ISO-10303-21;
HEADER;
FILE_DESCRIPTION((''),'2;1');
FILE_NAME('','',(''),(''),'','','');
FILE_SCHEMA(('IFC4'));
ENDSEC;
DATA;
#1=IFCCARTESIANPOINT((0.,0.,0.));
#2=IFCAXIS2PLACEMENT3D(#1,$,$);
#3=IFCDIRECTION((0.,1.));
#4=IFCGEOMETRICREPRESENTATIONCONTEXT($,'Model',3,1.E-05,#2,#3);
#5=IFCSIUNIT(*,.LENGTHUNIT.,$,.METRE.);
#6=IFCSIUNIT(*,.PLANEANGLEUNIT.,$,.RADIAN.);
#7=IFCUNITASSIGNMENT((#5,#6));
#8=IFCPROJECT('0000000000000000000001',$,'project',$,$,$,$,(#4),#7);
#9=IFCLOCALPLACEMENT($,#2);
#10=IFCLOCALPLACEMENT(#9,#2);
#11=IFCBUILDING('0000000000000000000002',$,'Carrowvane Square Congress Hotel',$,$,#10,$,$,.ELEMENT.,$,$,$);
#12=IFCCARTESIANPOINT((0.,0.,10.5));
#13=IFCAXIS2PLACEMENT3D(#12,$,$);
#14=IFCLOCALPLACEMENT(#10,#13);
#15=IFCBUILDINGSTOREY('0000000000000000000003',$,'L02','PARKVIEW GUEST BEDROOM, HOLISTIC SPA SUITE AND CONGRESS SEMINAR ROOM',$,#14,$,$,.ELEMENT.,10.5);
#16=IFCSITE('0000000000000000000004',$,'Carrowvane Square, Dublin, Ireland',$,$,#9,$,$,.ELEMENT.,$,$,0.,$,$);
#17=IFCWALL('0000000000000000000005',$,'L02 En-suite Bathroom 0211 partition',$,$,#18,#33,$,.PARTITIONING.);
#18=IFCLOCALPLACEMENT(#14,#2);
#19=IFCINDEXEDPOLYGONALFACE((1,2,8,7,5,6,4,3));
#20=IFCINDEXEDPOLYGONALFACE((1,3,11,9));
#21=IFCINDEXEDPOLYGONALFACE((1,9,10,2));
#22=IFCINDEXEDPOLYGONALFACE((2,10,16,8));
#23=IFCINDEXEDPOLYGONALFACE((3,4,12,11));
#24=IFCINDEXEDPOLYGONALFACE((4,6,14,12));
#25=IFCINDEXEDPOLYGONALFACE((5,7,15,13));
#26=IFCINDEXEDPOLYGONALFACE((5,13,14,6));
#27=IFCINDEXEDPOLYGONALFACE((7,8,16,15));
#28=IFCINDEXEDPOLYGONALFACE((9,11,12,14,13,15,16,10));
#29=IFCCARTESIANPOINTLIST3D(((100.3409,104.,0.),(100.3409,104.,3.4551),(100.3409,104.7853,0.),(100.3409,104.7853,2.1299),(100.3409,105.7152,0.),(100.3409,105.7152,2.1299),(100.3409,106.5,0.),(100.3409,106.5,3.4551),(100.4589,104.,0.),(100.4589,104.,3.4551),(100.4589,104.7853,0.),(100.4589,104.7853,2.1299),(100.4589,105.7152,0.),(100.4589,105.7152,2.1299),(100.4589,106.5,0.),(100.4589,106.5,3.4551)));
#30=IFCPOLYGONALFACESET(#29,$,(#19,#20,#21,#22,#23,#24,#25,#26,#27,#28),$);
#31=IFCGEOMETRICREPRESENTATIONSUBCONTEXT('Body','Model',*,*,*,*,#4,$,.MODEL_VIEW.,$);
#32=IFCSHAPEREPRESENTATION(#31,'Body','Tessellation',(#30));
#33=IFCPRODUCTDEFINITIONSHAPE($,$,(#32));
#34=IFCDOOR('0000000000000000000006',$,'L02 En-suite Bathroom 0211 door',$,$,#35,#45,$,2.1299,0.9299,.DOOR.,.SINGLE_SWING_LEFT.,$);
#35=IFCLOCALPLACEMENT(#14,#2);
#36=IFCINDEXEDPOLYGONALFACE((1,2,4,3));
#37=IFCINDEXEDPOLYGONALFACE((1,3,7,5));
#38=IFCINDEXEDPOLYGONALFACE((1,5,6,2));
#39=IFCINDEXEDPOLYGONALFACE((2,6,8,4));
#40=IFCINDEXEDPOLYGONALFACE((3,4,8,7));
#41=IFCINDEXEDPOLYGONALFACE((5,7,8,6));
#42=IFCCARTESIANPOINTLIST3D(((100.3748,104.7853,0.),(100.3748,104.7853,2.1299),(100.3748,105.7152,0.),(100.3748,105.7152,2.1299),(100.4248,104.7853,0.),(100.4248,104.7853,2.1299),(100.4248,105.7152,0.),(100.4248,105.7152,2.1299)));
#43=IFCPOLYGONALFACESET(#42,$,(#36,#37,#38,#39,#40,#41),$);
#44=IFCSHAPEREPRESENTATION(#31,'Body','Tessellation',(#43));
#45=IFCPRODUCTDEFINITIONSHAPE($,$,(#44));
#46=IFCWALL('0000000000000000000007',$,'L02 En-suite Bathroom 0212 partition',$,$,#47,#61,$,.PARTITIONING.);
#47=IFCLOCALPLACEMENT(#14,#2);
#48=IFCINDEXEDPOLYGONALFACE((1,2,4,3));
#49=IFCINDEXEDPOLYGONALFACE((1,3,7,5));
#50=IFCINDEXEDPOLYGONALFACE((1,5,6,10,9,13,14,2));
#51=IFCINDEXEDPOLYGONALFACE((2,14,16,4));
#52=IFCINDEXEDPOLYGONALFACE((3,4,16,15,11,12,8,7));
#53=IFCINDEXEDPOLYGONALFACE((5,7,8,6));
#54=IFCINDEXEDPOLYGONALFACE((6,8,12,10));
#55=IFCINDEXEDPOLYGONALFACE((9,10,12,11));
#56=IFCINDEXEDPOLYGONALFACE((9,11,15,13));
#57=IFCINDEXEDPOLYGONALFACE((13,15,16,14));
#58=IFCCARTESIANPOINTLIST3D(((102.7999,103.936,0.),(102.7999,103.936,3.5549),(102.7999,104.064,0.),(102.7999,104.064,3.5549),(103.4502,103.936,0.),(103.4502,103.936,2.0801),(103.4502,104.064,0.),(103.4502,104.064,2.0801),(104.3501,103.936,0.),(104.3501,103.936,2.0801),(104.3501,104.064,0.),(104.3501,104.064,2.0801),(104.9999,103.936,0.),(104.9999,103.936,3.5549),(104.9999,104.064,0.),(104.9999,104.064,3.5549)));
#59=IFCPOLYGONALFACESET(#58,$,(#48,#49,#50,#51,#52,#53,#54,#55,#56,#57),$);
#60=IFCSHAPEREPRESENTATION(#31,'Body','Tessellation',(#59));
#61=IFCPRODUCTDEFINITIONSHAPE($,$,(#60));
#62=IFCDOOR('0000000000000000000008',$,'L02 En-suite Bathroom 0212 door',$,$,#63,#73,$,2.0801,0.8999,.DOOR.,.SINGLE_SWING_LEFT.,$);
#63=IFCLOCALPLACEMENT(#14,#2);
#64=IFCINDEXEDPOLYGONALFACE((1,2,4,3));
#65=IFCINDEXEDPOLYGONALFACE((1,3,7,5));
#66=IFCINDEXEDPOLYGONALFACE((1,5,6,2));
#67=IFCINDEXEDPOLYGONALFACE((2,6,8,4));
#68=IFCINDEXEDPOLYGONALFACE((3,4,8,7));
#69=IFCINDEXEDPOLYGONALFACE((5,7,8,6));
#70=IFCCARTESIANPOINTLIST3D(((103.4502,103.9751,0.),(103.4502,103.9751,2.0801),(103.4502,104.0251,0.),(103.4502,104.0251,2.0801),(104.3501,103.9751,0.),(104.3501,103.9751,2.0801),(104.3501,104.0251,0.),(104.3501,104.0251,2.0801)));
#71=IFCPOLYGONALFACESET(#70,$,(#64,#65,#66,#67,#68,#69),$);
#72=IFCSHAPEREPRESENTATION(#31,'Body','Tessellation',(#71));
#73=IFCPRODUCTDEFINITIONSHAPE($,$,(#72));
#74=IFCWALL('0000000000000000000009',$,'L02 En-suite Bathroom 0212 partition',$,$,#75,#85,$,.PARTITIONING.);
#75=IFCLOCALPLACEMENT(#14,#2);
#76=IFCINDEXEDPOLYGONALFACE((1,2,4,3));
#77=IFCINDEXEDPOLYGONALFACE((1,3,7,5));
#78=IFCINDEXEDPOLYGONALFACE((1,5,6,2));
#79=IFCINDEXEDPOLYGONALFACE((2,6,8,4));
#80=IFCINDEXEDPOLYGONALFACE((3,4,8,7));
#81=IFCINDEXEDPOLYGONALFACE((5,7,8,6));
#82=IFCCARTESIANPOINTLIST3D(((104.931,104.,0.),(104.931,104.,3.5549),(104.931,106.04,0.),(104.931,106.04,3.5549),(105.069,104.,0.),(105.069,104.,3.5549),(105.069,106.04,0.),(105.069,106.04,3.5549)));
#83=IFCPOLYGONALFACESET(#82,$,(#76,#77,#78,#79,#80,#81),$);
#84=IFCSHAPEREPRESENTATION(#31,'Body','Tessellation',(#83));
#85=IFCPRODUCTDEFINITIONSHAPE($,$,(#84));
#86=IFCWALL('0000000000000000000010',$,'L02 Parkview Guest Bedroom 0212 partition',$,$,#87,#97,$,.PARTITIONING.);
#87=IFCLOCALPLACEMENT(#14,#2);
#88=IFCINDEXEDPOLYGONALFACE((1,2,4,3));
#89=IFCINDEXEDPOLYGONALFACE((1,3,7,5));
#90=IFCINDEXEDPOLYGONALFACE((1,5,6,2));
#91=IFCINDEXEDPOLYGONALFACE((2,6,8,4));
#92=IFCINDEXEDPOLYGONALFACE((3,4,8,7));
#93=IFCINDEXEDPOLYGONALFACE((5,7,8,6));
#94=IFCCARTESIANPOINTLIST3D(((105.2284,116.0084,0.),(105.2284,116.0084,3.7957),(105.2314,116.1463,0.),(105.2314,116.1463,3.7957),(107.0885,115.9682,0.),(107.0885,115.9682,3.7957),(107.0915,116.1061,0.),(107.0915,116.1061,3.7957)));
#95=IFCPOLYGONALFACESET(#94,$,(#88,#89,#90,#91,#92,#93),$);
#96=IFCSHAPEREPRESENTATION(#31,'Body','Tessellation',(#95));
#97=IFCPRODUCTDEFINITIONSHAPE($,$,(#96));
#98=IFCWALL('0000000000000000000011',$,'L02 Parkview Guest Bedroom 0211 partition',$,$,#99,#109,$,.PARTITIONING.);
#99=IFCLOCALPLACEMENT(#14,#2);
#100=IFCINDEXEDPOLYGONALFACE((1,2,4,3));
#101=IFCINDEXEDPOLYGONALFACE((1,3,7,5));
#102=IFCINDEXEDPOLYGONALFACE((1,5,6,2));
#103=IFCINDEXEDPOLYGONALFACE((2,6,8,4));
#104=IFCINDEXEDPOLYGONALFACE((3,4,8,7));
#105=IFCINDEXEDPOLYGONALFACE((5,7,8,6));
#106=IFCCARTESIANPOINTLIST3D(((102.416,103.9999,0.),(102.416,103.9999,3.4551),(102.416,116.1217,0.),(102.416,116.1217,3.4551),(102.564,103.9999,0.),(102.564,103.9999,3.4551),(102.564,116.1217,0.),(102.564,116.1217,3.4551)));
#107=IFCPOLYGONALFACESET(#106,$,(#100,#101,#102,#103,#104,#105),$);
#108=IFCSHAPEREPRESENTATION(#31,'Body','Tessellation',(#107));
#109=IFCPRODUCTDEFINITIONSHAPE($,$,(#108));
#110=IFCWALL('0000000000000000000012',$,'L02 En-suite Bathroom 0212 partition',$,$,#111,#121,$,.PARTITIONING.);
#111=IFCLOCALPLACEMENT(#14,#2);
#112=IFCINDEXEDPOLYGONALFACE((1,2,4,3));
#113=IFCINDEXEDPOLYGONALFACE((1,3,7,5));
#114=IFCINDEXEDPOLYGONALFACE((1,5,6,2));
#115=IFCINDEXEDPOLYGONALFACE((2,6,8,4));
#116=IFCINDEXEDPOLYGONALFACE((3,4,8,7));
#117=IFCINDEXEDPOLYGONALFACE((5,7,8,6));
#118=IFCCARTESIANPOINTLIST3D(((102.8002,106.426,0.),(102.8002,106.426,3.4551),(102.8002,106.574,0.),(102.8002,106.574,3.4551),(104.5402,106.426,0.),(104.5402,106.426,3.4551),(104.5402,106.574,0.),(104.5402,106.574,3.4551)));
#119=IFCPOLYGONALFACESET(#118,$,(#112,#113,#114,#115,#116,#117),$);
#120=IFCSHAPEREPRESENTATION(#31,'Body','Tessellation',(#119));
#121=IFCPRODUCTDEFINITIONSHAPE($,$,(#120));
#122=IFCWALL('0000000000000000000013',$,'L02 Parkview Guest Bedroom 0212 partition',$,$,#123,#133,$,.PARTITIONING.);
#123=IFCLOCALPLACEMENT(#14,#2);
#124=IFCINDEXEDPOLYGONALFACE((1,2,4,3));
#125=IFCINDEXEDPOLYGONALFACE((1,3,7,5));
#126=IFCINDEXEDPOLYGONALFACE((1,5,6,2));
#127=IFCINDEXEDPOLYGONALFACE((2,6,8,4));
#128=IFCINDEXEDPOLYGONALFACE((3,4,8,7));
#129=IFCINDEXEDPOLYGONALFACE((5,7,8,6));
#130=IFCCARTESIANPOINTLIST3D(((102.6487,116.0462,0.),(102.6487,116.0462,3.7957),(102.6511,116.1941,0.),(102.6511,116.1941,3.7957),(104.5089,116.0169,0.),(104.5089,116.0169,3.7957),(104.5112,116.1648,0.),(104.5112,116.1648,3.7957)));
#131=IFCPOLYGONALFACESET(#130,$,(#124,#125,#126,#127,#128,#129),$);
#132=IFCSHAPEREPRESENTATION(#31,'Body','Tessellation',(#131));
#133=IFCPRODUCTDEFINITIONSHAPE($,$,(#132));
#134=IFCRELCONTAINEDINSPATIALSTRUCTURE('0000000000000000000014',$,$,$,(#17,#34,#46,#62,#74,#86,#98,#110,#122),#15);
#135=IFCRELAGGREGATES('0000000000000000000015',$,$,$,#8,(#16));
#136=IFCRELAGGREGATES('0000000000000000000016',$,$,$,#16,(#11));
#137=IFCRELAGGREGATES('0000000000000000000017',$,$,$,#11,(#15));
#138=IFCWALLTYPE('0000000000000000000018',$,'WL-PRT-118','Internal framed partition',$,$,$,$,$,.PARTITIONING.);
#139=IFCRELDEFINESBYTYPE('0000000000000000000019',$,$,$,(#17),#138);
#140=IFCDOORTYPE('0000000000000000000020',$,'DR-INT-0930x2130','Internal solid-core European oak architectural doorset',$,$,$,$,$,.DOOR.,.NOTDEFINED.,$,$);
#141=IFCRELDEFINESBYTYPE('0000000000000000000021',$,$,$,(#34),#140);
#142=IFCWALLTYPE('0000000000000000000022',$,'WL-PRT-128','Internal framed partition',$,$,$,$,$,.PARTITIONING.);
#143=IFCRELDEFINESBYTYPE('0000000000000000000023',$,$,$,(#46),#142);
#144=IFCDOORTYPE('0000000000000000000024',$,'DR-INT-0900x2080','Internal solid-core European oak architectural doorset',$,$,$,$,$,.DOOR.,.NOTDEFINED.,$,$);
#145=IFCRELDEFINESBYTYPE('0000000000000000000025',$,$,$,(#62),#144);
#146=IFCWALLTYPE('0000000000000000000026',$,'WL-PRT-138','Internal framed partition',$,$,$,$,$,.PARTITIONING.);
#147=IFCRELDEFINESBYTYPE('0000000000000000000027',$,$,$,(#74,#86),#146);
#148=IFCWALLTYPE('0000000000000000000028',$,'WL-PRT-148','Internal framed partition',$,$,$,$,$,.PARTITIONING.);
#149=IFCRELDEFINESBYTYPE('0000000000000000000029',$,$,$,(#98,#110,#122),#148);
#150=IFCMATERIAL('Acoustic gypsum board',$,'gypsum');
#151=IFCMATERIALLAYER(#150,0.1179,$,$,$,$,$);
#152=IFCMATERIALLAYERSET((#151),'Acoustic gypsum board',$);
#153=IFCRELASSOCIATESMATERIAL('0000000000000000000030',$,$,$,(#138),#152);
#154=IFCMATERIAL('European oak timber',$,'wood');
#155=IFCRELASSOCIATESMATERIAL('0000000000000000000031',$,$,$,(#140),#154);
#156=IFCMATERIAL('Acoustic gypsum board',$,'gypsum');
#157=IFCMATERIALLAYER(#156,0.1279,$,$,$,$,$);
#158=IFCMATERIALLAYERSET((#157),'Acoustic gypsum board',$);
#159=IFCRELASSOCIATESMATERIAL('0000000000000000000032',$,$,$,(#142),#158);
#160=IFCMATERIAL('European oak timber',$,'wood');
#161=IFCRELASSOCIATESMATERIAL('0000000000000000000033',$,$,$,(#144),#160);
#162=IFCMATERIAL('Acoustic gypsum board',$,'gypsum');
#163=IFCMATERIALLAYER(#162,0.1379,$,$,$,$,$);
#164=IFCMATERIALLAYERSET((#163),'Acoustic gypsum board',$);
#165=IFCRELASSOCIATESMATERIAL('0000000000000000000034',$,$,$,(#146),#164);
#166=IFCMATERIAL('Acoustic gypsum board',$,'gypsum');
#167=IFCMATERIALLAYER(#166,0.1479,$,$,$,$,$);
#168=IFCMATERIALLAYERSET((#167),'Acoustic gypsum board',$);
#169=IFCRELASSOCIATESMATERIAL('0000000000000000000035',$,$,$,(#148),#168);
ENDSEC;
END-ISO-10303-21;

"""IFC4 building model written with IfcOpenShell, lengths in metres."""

from ifc_helpers import new_model, si_unit, direction, frame, frame_2d, origin, place, context, subcontext, project, spatial, rectangle, extrude, material, layer, layer_set, type_object, element, fill, save


model = new_model("IFC4")

# Units and contexts
model_context = context("Model", 3, precision=1e-05, world=origin(), true_north=direction((0.0, 1.0)))
body_context = subcontext(model_context, "Body", "Model", "MODEL_VIEW")
ifc_project = project(units=[si_unit("LENGTHUNIT", "METRE"), si_unit("PLANEANGLEUNIT", "RADIAN")], contexts=[model_context])

# Site, building, storey
site_placement = place(None, origin())
site = spatial("IfcSite", under=ifc_project, at=site_placement, Name="Carrowvane Square, Dublin, Ireland", CompositionType="ELEMENT", RefElevation=0.0)
building_placement = place(site_placement, origin())
building = spatial("IfcBuilding", under=site, at=building_placement, Name="Carrowvane Square Congress Hotel", CompositionType="ELEMENT")
storey_placement = place(building_placement, frame((0.0, 0.0, 10.5)))
storey = spatial("IfcBuildingStorey", under=building, at=storey_placement, Name="L02", Description="PARKVIEW GUEST BEDROOM, HOLISTIC SPA SUITE AND CONGRESS SEMINAR ROOM", CompositionType="ELEMENT", Elevation=10.5)

# Walls, openings, doors
ifc_material_1 = material(Name="Acoustic gypsum board", Category="gypsum")
ifc_layer_1 = layer(ifc_material_1, 0.1179)
ifc_layer_set_1 = layer_set([ifc_layer_1], Name="Acoustic gypsum board")
wall_type_1 = type_object("IfcWallType", Name="WL-PRT-118", Description="Internal framed partition", PredefinedType="PARTITIONING", material=ifc_layer_set_1)
wall_1_placement = place(storey_placement, frame((100.3999, 106.5, 0.0), z_axis=(0.0, 0.0, 1.0), x_axis=(0.0, -1.0, 0.0)))
wall_1 = element("IfcWall", 1, at=wall_1_placement, inside=storey, type_object=wall_type_1, Name="L02 En-suite Bathroom 0211 partition", PredefinedType="PARTITIONING", context=body_context, shape_type="SweptSolid", body=[
    extrude(rectangle(XDim=2.5, YDim=0.1179, at=frame_2d((1.25, 0.0))), origin(), (0.0, 0.0, 1.0), 3.4551),
])
opening_1_placement = place(wall_1_placement, frame((0.7849, 0.0, 0.0)))
opening_1 = element("IfcOpeningElement", 2, at=opening_1_placement, cuts=wall_1, PredefinedType="OPENING", context=body_context, shape_type="SweptSolid", body=[
    extrude(rectangle(XDim=0.9299, YDim=2.1299, at=frame_2d((0.4648, 1.0649))), frame((0.0, 0.0688, 0.0), z_axis=(0.0, -1.0, 0.0), x_axis=(1.0, 0.0, 0.0)), (0.0, 0.0, 1.0), 0.1379),
])
ifc_material_2 = material(Name="European oak timber", Category="wood")
door_type_1 = type_object("IfcDoorType", Name="DR-INT-0930x2130", Description="Internal solid-core European oak architectural doorset", OperationType="NOTDEFINED", PredefinedType="DOOR", material=ifc_material_2)
door_1_placement = place(opening_1_placement, origin())
door_1 = element("IfcDoor", 3, at=door_1_placement, inside=storey, type_object=door_type_1, Name="L02 En-suite Bathroom 0211 door", OperationType="SINGLE_SWING_LEFT", OverallHeight=2.1299, OverallWidth=0.9299, PredefinedType="DOOR", context=body_context, shape_type="SweptSolid", body=[
    extrude(rectangle(XDim=0.9299, YDim=2.1299, at=frame_2d((0.4648, 1.0649))), frame((0.0, 0.0249, 0.0), z_axis=(0.0, -1.0, 0.0), x_axis=(1.0, 0.0, 0.0)), (0.0, 0.0, 1.0), 0.05),
])
fill(opening_1, door_1)
ifc_material_3 = material(Name="Acoustic gypsum board", Category="gypsum")
ifc_layer_2 = layer(ifc_material_3, 0.1279)
ifc_layer_set_2 = layer_set([ifc_layer_2], Name="Acoustic gypsum board")
wall_type_2 = type_object("IfcWallType", Name="WL-PRT-128", Description="Internal framed partition", PredefinedType="PARTITIONING", material=ifc_layer_set_2)
wall_2_placement = place(storey_placement, frame((105.0, 104.0, 0.0), z_axis=(0.0, 0.0, 1.0), x_axis=(-1.0, 0.0, 0.0)))
wall_2 = element("IfcWall", 4, at=wall_2_placement, inside=storey, type_object=wall_type_2, Name="L02 En-suite Bathroom 0212 partition", PredefinedType="PARTITIONING", context=body_context, shape_type="SweptSolid", body=[
    extrude(rectangle(XDim=2.2, YDim=0.1279, at=frame_2d((1.1001, 0.0))), origin(), (0.0, 0.0, 1.0), 3.5549),
])
opening_2_placement = place(wall_2_placement, frame((0.6499, 0.0, 0.0)))
opening_2 = element("IfcOpeningElement", 5, at=opening_2_placement, cuts=wall_2, PredefinedType="OPENING", context=body_context, shape_type="SweptSolid", body=[
    extrude(rectangle(XDim=0.8999, YDim=2.0801, at=frame_2d((0.45, 1.04))), frame((0.0, 0.074, 0.0), z_axis=(0.0, -1.0, 0.0), x_axis=(1.0, 0.0, 0.0)), (0.0, 0.0, 1.0), 0.1479),
])
ifc_material_4 = material(Name="European oak timber", Category="wood")
door_type_2 = type_object("IfcDoorType", Name="DR-INT-0900x2080", Description="Internal solid-core European oak architectural doorset", OperationType="NOTDEFINED", PredefinedType="DOOR", material=ifc_material_4)
door_2_placement = place(opening_2_placement, origin())
door_2 = element("IfcDoor", 6, at=door_2_placement, inside=storey, type_object=door_type_2, Name="L02 En-suite Bathroom 0212 door", OperationType="SINGLE_SWING_LEFT", OverallHeight=2.0801, OverallWidth=0.8999, PredefinedType="DOOR", context=body_context, shape_type="SweptSolid", body=[
    extrude(rectangle(XDim=0.8999, YDim=2.0801, at=frame_2d((0.45, 1.04))), frame((0.0, 0.0249, 0.0), z_axis=(0.0, -1.0, 0.0), x_axis=(1.0, 0.0, 0.0)), (0.0, 0.0, 1.0), 0.05),
])
fill(opening_2, door_2)

# Walls
ifc_material_5 = material(Name="Acoustic gypsum board", Category="gypsum")
ifc_layer_3 = layer(ifc_material_5, 0.1379)
ifc_layer_set_3 = layer_set([ifc_layer_3], Name="Acoustic gypsum board")
wall_type_3 = type_object("IfcWallType", Name="WL-PRT-138", Description="Internal framed partition", PredefinedType="PARTITIONING", material=ifc_layer_set_3)
wall_3_placement = place(storey_placement, frame((105.0, 106.04, 0.0), z_axis=(0.0, 0.0, 1.0), x_axis=(0.0, -1.0, 0.0)))
element("IfcWall", 7, at=wall_3_placement, inside=storey, type_object=wall_type_3, Name="L02 En-suite Bathroom 0212 partition", PredefinedType="PARTITIONING", context=body_context, shape_type="SweptSolid", body=[
    extrude(rectangle(XDim=2.04, YDim=0.1379, at=frame_2d((1.02, 0.0))), origin(), (0.0, 0.0, 1.0), 3.5549),
])
wall_4_placement = place(storey_placement, frame((105.23, 116.0774, 0.0), z_axis=(0.0, 0.0, 1.0), x_axis=(0.999766, -0.021651, 0.0)))
element("IfcWall", 8, at=wall_4_placement, inside=storey, type_object=wall_type_3, Name="L02 Parkview Guest Bedroom 0212 partition", PredefinedType="PARTITIONING", context=body_context, shape_type="SweptSolid", body=[
    extrude(rectangle(XDim=1.8606, YDim=0.1379, at=frame_2d((0.9302, 0.0))), origin(), (0.0, 0.0, 1.0), 3.7957),
])
ifc_material_6 = material(Name="Acoustic gypsum board", Category="gypsum")
ifc_layer_4 = layer(ifc_material_6, 0.1479)
ifc_layer_set_4 = layer_set([ifc_layer_4], Name="Acoustic gypsum board")
wall_type_4 = type_object("IfcWallType", Name="WL-PRT-148", Description="Internal framed partition", PredefinedType="PARTITIONING", material=ifc_layer_set_4)
wall_5_placement = place(storey_placement, frame((102.49, 116.1218, 0.0), z_axis=(0.0, 0.0, 1.0), x_axis=(0.0, -1.0, 0.0)))
element("IfcWall", 9, at=wall_5_placement, inside=storey, type_object=wall_type_4, Name="L02 Parkview Guest Bedroom 0211 partition", PredefinedType="PARTITIONING", context=body_context, shape_type="SweptSolid", body=[
    extrude(rectangle(XDim=12.1218, YDim=0.1479, at=frame_2d((6.061, 0.0))), origin(), (0.0, 0.0, 1.0), 3.4551),
])
wall_6_placement = place(storey_placement, frame((102.8, 106.5, 0.0), z_axis=(0.0, 0.0, 1.0), x_axis=(1.0, 0.0, 0.0)))
element("IfcWall", 10, at=wall_6_placement, inside=storey, type_object=wall_type_4, Name="L02 En-suite Bathroom 0212 partition", PredefinedType="PARTITIONING", context=body_context, shape_type="SweptSolid", body=[
    extrude(rectangle(XDim=1.74, YDim=0.1479, at=frame_2d((0.8701, 0.0))), origin(), (0.0, 0.0, 1.0), 3.4551),
])
wall_7_placement = place(storey_placement, frame((102.6499, 116.1201, 0.0), z_axis=(0.0, 0.0, 1.0), x_axis=(0.999876, -0.015748, 0.0)))
element("IfcWall", 11, at=wall_7_placement, inside=storey, type_object=wall_type_4, Name="L02 Parkview Guest Bedroom 0212 partition", PredefinedType="PARTITIONING", context=body_context, shape_type="SweptSolid", body=[
    extrude(rectangle(XDim=1.8604, YDim=0.1479, at=frame_2d((0.9302, 0.0))), origin(), (0.0, 0.0, 1.0), 3.7957),
])

save(model, "model.ifc")
